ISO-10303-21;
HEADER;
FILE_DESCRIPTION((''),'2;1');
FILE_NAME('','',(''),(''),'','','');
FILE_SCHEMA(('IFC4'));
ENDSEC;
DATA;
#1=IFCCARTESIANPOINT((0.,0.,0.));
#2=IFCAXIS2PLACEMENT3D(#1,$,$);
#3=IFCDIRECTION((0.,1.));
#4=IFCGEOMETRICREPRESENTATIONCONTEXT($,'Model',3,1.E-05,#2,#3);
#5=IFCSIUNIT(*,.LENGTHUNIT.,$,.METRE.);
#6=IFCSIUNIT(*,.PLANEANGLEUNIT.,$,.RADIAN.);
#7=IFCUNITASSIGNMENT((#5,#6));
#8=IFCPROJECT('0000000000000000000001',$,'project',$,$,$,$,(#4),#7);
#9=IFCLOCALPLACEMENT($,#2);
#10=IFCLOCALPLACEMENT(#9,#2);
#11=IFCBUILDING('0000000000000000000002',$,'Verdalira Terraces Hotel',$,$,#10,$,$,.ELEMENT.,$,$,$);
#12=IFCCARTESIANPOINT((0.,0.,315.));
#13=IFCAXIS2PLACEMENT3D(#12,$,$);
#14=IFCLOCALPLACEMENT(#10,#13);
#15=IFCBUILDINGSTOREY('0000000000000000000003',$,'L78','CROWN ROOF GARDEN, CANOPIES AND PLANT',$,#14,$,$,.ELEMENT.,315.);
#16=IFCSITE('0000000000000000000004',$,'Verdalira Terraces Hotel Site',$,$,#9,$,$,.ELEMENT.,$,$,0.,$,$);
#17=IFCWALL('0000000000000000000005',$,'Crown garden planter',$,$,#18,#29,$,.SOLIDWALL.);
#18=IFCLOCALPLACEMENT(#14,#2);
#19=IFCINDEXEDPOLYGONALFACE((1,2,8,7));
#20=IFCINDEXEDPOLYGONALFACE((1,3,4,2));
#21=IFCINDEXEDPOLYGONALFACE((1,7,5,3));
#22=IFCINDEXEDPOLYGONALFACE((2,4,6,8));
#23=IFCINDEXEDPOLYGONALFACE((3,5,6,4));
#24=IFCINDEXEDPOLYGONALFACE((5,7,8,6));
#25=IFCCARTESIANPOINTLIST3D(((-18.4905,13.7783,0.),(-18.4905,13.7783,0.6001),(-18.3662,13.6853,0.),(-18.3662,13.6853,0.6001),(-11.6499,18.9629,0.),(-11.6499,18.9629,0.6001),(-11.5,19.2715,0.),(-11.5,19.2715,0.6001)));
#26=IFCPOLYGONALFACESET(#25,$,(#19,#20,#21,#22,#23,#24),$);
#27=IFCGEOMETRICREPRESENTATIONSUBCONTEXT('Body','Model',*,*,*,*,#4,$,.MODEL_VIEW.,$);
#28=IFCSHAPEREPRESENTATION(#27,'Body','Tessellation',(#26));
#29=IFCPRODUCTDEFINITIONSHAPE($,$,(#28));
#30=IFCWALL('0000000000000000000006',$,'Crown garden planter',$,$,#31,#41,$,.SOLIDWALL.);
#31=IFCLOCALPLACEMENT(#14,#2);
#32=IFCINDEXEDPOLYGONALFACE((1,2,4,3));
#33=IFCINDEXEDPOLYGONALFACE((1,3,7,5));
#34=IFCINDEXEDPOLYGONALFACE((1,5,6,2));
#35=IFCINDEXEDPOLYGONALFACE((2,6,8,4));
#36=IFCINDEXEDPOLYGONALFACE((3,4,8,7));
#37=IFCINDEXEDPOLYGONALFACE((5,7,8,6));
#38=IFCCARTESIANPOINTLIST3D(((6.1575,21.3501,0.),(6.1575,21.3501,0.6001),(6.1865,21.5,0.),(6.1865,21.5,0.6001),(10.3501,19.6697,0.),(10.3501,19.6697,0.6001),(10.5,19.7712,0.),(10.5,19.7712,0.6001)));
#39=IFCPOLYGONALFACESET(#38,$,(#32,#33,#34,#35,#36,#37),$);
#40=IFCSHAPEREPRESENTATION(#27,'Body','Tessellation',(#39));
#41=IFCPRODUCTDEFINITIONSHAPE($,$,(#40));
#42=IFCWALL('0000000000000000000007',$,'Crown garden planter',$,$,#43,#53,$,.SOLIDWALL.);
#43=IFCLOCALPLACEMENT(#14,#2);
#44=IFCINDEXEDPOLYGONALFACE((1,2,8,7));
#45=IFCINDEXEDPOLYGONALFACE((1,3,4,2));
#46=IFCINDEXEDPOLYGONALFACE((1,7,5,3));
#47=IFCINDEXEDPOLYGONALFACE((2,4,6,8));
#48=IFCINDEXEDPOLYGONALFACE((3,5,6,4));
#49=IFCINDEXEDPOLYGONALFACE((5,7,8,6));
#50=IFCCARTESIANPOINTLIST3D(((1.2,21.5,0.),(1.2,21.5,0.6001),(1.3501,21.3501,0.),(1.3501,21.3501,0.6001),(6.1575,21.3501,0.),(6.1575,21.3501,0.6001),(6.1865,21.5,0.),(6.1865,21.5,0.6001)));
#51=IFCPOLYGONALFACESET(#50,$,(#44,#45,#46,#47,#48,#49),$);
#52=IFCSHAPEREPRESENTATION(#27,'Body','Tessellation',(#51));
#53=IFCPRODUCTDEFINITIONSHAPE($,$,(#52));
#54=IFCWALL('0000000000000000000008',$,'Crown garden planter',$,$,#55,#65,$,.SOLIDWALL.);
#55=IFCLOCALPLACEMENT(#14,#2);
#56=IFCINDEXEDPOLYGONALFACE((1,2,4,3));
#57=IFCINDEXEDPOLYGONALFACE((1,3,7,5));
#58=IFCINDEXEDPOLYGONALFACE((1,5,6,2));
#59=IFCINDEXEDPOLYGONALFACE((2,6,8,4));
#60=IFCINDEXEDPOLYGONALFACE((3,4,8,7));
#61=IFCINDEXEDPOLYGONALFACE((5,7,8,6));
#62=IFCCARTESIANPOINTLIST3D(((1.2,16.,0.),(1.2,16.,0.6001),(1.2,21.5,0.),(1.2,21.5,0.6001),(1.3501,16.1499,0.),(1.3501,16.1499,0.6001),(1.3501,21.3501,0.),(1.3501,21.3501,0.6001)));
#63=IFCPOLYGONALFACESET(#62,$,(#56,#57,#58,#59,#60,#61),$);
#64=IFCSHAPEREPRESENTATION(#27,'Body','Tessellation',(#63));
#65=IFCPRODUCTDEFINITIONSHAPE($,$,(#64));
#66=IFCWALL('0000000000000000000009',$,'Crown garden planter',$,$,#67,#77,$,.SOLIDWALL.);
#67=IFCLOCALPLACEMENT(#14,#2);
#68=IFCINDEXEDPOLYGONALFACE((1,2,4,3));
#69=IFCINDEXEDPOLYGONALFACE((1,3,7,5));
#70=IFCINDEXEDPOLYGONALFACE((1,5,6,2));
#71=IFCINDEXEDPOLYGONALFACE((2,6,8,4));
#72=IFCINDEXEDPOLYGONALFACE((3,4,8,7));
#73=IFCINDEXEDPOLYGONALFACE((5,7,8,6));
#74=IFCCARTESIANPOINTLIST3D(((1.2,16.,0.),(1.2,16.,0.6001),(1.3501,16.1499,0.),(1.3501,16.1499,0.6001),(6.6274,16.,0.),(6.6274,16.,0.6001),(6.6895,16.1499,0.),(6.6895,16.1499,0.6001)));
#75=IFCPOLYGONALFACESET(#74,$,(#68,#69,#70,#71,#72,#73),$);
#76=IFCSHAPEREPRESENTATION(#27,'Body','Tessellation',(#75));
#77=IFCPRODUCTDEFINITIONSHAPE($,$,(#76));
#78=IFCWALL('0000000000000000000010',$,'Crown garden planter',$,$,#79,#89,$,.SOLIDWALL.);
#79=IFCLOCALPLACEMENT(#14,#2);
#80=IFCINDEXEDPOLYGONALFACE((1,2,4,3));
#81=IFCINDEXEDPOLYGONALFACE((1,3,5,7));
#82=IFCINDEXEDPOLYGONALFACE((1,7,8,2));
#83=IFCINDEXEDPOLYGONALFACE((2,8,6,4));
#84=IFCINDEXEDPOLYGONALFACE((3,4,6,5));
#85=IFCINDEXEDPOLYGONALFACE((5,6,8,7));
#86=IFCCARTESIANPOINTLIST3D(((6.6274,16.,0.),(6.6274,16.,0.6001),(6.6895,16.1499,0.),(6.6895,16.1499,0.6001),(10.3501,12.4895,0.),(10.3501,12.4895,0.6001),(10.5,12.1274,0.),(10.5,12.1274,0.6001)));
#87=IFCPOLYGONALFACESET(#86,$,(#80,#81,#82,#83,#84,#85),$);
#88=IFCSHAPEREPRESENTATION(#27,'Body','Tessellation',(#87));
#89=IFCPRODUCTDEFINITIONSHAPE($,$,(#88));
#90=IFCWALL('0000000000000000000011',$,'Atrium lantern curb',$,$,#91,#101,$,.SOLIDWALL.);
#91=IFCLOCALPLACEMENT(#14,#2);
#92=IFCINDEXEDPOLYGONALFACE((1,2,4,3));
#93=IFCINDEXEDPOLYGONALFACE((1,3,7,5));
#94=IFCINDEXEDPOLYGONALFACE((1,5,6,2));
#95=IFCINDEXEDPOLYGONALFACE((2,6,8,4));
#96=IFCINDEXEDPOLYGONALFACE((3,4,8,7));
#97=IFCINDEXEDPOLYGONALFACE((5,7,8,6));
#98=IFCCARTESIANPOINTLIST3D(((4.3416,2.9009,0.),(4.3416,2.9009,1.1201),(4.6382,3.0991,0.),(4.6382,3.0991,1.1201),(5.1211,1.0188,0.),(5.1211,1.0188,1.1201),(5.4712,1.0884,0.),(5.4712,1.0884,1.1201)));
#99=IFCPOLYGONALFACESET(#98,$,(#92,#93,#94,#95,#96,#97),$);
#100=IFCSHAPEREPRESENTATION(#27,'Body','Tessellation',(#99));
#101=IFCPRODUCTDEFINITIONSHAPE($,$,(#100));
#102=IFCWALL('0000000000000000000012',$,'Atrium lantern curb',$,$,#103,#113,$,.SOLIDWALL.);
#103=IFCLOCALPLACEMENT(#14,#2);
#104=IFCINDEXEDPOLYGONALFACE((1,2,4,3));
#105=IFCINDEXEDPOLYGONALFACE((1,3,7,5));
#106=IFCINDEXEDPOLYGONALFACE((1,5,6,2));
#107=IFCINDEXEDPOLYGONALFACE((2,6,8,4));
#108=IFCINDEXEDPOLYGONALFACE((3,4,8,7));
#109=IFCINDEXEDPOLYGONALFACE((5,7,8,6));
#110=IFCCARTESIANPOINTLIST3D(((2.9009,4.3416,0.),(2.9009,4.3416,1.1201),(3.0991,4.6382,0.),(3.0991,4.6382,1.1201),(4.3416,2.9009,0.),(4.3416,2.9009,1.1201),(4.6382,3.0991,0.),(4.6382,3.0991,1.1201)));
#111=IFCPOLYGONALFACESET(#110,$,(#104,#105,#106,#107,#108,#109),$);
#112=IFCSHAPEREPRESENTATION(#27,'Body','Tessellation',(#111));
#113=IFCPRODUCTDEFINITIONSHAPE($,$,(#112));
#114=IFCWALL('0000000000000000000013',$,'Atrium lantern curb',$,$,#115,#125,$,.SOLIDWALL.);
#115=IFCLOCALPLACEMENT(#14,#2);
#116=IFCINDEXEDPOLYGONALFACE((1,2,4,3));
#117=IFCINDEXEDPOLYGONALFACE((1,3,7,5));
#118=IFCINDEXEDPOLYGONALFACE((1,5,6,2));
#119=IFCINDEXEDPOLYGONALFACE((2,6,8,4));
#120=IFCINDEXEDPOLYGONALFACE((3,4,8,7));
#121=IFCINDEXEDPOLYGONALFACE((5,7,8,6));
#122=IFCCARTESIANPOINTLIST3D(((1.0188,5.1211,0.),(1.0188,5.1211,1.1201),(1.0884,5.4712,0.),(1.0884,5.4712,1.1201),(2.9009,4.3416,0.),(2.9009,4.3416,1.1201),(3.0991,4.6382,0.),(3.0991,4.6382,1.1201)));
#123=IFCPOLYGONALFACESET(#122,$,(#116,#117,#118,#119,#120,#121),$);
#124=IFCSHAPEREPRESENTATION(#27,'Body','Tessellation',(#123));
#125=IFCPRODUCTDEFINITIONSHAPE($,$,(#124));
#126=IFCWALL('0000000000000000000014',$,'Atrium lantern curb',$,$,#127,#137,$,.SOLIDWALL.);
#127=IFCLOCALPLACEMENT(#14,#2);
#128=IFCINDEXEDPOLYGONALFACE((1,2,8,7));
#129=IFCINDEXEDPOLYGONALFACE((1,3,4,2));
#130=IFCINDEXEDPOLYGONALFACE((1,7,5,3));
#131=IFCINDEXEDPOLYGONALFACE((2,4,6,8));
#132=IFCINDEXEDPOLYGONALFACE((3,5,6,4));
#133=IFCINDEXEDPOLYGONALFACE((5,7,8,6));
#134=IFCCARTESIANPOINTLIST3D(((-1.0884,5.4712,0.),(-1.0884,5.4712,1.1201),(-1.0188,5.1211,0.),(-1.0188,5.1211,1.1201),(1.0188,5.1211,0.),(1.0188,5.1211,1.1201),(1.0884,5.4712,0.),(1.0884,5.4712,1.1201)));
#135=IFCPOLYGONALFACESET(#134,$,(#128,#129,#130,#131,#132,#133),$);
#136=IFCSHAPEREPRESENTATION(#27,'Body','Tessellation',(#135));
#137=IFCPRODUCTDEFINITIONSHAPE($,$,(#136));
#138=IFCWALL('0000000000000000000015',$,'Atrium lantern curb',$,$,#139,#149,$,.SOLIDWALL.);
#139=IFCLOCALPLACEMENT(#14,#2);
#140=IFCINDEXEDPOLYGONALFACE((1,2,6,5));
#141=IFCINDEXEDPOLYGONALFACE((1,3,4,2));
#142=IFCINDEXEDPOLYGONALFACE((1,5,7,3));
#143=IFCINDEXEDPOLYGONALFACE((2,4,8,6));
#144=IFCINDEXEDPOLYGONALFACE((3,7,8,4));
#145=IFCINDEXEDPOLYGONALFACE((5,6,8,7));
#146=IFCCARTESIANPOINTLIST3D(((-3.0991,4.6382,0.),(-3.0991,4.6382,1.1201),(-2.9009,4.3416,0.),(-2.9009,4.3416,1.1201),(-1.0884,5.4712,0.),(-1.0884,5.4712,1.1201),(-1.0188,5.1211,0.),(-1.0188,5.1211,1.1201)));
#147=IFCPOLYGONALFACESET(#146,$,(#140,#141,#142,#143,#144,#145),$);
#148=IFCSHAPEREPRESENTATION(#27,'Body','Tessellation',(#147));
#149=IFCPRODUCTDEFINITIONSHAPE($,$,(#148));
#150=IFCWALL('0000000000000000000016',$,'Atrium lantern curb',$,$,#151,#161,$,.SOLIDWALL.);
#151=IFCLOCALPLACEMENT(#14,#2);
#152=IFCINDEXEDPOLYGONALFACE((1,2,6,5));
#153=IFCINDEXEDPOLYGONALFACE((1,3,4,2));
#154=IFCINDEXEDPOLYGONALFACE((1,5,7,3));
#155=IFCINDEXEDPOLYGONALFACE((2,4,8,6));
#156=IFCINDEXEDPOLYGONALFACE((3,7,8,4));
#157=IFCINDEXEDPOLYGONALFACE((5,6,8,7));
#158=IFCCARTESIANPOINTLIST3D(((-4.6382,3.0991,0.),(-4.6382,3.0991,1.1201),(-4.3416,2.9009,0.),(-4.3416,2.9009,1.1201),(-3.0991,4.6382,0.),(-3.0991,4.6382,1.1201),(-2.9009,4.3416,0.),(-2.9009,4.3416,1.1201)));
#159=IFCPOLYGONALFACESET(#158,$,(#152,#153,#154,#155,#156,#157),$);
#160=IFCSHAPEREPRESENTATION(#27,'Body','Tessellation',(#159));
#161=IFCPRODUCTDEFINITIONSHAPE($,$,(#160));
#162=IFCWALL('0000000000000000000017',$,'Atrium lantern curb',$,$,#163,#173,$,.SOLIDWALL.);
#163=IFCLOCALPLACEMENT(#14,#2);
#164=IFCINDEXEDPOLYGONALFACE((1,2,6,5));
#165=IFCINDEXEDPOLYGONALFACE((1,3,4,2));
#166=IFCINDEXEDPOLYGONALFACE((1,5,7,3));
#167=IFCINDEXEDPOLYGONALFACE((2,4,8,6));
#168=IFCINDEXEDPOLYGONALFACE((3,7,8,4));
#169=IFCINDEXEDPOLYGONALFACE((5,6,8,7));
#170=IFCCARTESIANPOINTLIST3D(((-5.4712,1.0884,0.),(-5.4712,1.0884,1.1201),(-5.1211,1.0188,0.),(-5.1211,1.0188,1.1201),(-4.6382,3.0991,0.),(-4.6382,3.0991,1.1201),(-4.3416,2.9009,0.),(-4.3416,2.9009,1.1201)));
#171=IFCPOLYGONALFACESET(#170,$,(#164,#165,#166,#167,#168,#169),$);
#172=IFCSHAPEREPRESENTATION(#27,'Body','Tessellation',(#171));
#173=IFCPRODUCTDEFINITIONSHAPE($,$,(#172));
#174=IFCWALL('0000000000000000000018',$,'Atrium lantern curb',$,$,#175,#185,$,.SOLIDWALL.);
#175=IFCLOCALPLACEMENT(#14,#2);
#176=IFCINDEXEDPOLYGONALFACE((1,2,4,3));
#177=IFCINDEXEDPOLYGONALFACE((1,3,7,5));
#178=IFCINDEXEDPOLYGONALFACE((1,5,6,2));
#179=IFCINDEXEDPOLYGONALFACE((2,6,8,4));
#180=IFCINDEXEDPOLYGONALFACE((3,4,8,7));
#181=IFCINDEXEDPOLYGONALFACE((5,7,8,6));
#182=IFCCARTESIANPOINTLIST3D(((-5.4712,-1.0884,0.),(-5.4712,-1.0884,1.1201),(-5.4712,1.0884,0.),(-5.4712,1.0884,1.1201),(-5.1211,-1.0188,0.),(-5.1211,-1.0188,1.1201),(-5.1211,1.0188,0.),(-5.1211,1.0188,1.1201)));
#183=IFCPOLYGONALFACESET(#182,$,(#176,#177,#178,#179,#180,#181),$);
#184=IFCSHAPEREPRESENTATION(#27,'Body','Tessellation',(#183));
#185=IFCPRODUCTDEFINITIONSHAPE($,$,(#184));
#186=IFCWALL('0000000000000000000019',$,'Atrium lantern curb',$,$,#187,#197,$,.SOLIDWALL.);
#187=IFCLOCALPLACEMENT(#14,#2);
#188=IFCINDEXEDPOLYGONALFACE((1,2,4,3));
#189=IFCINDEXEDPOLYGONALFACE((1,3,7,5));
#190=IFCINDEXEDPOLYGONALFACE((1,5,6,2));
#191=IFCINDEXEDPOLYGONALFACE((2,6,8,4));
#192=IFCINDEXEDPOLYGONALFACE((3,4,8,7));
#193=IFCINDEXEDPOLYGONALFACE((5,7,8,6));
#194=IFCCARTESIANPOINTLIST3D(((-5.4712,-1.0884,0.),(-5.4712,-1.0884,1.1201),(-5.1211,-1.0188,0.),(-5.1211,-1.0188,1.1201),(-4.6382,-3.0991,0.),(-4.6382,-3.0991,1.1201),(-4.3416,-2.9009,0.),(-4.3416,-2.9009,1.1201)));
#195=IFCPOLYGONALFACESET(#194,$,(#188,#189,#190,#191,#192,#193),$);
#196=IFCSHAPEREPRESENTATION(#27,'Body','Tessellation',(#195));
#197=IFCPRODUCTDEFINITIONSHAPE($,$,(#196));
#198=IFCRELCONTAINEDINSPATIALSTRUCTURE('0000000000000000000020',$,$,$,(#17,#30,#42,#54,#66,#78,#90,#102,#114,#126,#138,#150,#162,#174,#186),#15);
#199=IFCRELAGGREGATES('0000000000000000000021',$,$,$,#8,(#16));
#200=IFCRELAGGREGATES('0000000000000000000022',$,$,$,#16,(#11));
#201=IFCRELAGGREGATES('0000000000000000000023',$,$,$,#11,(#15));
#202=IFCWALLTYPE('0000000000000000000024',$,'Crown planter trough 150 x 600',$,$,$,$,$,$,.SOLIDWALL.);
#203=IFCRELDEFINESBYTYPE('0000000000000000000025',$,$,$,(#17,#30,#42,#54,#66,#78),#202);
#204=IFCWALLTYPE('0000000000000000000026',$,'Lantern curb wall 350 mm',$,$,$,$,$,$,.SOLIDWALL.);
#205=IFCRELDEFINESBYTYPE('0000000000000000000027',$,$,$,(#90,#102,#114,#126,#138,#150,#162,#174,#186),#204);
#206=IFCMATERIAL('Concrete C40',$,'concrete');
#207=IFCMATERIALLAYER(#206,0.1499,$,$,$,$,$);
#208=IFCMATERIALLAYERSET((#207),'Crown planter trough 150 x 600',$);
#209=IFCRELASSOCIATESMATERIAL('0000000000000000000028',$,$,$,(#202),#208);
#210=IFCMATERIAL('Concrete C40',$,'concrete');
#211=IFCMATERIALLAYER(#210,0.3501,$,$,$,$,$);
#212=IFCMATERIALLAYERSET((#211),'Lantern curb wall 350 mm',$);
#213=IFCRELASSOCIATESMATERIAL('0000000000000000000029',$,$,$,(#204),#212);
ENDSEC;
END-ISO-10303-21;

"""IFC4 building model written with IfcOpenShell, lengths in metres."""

from ifc_helpers import new_model, si_unit, direction, frame, origin, place, context, subcontext, project, spatial, polyline, outline, extrude, material, layer, layer_set, type_object, element, save


model = new_model("IFC4")

# Units and contexts
model_context = context("Model", 3, precision=1e-05, world=origin(), true_north=direction((0.0, 1.0)))
body_context = subcontext(model_context, "Body", "Model", "MODEL_VIEW")
ifc_project = project(units=[si_unit("LENGTHUNIT", "METRE"), si_unit("PLANEANGLEUNIT", "RADIAN")], contexts=[model_context])

# Site, building, storey
site_placement = place(None, origin())
site = spatial("IfcSite", under=ifc_project, at=site_placement, Name="Verdalira Terraces Hotel Site", CompositionType="ELEMENT", RefElevation=0.0)
building_placement = place(site_placement, origin())
building = spatial("IfcBuilding", under=site, at=building_placement, Name="Verdalira Terraces Hotel", CompositionType="ELEMENT")
storey_placement = place(building_placement, frame((0.0, 0.0, 315.0)))
storey = spatial("IfcBuildingStorey", under=building, at=storey_placement, Name="L78", Description="CROWN ROOF GARDEN, CANOPIES AND PLANT", CompositionType="ELEMENT", Elevation=315.0)

# Walls
ifc_material_1 = material(Name="Concrete C40", Category="concrete")
ifc_layer_1 = layer(ifc_material_1, 0.1499)
ifc_layer_set_1 = layer_set([ifc_layer_1], Name="Crown planter trough 150 x 600")
wall_type_1 = type_object("IfcWallType", Name="Crown planter trough 150 x 600", PredefinedType="SOLIDWALL", material=ifc_layer_set_1)
wall_1_placement = place(storey_placement, origin())
element("IfcWall", 1, at=wall_1_placement, inside=storey, type_object=wall_type_1, Name="Crown garden planter", PredefinedType="SOLIDWALL", context=body_context, shape_type="SweptSolid", body=[
    extrude(outline(polyline([(-11.5, 19.2715), (-18.4905, 13.7783), (-18.3662, 13.6853), (-11.6499, 18.9629), (-11.5, 19.2715)])), origin(), (0.0, 0.0, 1.0), 0.6001),
])
wall_2_placement = place(storey_placement, origin())
element("IfcWall", 2, at=wall_2_placement, inside=storey, type_object=wall_type_1, Name="Crown garden planter", PredefinedType="SOLIDWALL", context=body_context, shape_type="SweptSolid", body=[
    extrude(outline(polyline([(10.5, 19.7712), (6.1865, 21.5), (6.1575, 21.3501), (10.3501, 19.6697), (10.5, 19.7712)])), origin(), (0.0, 0.0, 1.0), 0.6001),
])
wall_3_placement = place(storey_placement, origin())
element("IfcWall", 3, at=wall_3_placement, inside=storey, type_object=wall_type_1, Name="Crown garden planter", PredefinedType="SOLIDWALL", context=body_context, shape_type="SweptSolid", body=[
    extrude(outline(polyline([(6.1865, 21.5), (1.2, 21.5), (1.3501, 21.3501), (6.1575, 21.3501), (6.1865, 21.5)])), origin(), (0.0, 0.0, 1.0), 0.6001),
])
wall_4_placement = place(storey_placement, origin())
element("IfcWall", 4, at=wall_4_placement, inside=storey, type_object=wall_type_1, Name="Crown garden planter", PredefinedType="SOLIDWALL", context=body_context, shape_type="SweptSolid", body=[
    extrude(outline(polyline([(1.2, 21.5), (1.2, 16.0), (1.3501, 16.1499), (1.3501, 21.3501), (1.2, 21.5)])), origin(), (0.0, 0.0, 1.0), 0.6001),
])
wall_5_placement = place(storey_placement, origin())
element("IfcWall", 5, at=wall_5_placement, inside=storey, type_object=wall_type_1, Name="Crown garden planter", PredefinedType="SOLIDWALL", context=body_context, shape_type="SweptSolid", body=[
    extrude(outline(polyline([(1.2, 16.0), (6.6274, 16.0), (6.6895, 16.1499), (1.3501, 16.1499), (1.2, 16.0)])), origin(), (0.0, 0.0, 1.0), 0.6001),
])
wall_6_placement = place(storey_placement, origin())
element("IfcWall", 6, at=wall_6_placement, inside=storey, type_object=wall_type_1, Name="Crown garden planter", PredefinedType="SOLIDWALL", context=body_context, shape_type="SweptSolid", body=[
    extrude(outline(polyline([(6.6274, 16.0), (10.5, 12.1274), (10.3501, 12.4895), (6.6895, 16.1499), (6.6274, 16.0)])), origin(), (0.0, 0.0, 1.0), 0.6001),
])
ifc_material_2 = material(Name="Concrete C40", Category="concrete")
ifc_layer_2 = layer(ifc_material_2, 0.3501)
ifc_layer_set_2 = layer_set([ifc_layer_2], Name="Lantern curb wall 350 mm")
wall_type_2 = type_object("IfcWallType", Name="Lantern curb wall 350 mm", PredefinedType="SOLIDWALL", material=ifc_layer_set_2)
wall_7_placement = place(storey_placement, origin())
element("IfcWall", 7, at=wall_7_placement, inside=storey, type_object=wall_type_2, Name="Atrium lantern curb", PredefinedType="SOLIDWALL", context=body_context, shape_type="SweptSolid", body=[
    extrude(outline(polyline([(5.4712, 1.0884), (4.6382, 3.0991), (4.3416, 2.9009), (5.1211, 1.0188), (5.4712, 1.0884)])), origin(), (0.0, 0.0, 1.0), 1.1201),
])
wall_8_placement = place(storey_placement, origin())
element("IfcWall", 8, at=wall_8_placement, inside=storey, type_object=wall_type_2, Name="Atrium lantern curb", PredefinedType="SOLIDWALL", context=body_context, shape_type="SweptSolid", body=[
    extrude(outline(polyline([(4.6382, 3.0991), (3.0991, 4.6382), (2.9009, 4.3416), (4.3416, 2.9009), (4.6382, 3.0991)])), origin(), (0.0, 0.0, 1.0), 1.1201),
])
wall_9_placement = place(storey_placement, origin())
element("IfcWall", 9, at=wall_9_placement, inside=storey, type_object=wall_type_2, Name="Atrium lantern curb", PredefinedType="SOLIDWALL", context=body_context, shape_type="SweptSolid", body=[
    extrude(outline(polyline([(3.0991, 4.6382), (1.0884, 5.4712), (1.0188, 5.1211), (2.9009, 4.3416), (3.0991, 4.6382)])), origin(), (0.0, 0.0, 1.0), 1.1201),
])
wall_10_placement = place(storey_placement, origin())
element("IfcWall", 10, at=wall_10_placement, inside=storey, type_object=wall_type_2, Name="Atrium lantern curb", PredefinedType="SOLIDWALL", context=body_context, shape_type="SweptSolid", body=[
    extrude(outline(polyline([(1.0884, 5.4712), (-1.0884, 5.4712), (-1.0188, 5.1211), (1.0188, 5.1211), (1.0884, 5.4712)])), origin(), (0.0, 0.0, 1.0), 1.1201),
])
wall_11_placement = place(storey_placement, origin())
element("IfcWall", 11, at=wall_11_placement, inside=storey, type_object=wall_type_2, Name="Atrium lantern curb", PredefinedType="SOLIDWALL", context=body_context, shape_type="SweptSolid", body=[
    extrude(outline(polyline([(-1.0884, 5.4712), (-3.0991, 4.6382), (-2.9009, 4.3416), (-1.0188, 5.1211), (-1.0884, 5.4712)])), origin(), (0.0, 0.0, 1.0), 1.1201),
])
wall_12_placement = place(storey_placement, origin())
element("IfcWall", 12, at=wall_12_placement, inside=storey, type_object=wall_type_2, Name="Atrium lantern curb", PredefinedType="SOLIDWALL", context=body_context, shape_type="SweptSolid", body=[
    extrude(outline(polyline([(-3.0991, 4.6382), (-4.6382, 3.0991), (-4.3416, 2.9009), (-2.9009, 4.3416), (-3.0991, 4.6382)])), origin(), (0.0, 0.0, 1.0), 1.1201),
])
wall_13_placement = place(storey_placement, origin())
element("IfcWall", 13, at=wall_13_placement, inside=storey, type_object=wall_type_2, Name="Atrium lantern curb", PredefinedType="SOLIDWALL", context=body_context, shape_type="SweptSolid", body=[
    extrude(outline(polyline([(-4.6382, 3.0991), (-5.4712, 1.0884), (-5.1211, 1.0188), (-4.3416, 2.9009), (-4.6382, 3.0991)])), origin(), (0.0, 0.0, 1.0), 1.1201),
])
wall_14_placement = place(storey_placement, origin())
element("IfcWall", 14, at=wall_14_placement, inside=storey, type_object=wall_type_2, Name="Atrium lantern curb", PredefinedType="SOLIDWALL", context=body_context, shape_type="SweptSolid", body=[
    extrude(outline(polyline([(-5.4712, 1.0884), (-5.4712, -1.0884), (-5.1211, -1.0188), (-5.1211, 1.0188), (-5.4712, 1.0884)])), origin(), (0.0, 0.0, 1.0), 1.1201),
])
wall_15_placement = place(storey_placement, origin())
element("IfcWall", 15, at=wall_15_placement, inside=storey, type_object=wall_type_2, Name="Atrium lantern curb", PredefinedType="SOLIDWALL", context=body_context, shape_type="SweptSolid", body=[
    extrude(outline(polyline([(-5.4712, -1.0884), (-4.6382, -3.0991), (-4.3416, -2.9009), (-5.1211, -1.0188), (-5.4712, -1.0884)])), origin(), (0.0, 0.0, 1.0), 1.1201),
])

save(model, "model.ifc")
